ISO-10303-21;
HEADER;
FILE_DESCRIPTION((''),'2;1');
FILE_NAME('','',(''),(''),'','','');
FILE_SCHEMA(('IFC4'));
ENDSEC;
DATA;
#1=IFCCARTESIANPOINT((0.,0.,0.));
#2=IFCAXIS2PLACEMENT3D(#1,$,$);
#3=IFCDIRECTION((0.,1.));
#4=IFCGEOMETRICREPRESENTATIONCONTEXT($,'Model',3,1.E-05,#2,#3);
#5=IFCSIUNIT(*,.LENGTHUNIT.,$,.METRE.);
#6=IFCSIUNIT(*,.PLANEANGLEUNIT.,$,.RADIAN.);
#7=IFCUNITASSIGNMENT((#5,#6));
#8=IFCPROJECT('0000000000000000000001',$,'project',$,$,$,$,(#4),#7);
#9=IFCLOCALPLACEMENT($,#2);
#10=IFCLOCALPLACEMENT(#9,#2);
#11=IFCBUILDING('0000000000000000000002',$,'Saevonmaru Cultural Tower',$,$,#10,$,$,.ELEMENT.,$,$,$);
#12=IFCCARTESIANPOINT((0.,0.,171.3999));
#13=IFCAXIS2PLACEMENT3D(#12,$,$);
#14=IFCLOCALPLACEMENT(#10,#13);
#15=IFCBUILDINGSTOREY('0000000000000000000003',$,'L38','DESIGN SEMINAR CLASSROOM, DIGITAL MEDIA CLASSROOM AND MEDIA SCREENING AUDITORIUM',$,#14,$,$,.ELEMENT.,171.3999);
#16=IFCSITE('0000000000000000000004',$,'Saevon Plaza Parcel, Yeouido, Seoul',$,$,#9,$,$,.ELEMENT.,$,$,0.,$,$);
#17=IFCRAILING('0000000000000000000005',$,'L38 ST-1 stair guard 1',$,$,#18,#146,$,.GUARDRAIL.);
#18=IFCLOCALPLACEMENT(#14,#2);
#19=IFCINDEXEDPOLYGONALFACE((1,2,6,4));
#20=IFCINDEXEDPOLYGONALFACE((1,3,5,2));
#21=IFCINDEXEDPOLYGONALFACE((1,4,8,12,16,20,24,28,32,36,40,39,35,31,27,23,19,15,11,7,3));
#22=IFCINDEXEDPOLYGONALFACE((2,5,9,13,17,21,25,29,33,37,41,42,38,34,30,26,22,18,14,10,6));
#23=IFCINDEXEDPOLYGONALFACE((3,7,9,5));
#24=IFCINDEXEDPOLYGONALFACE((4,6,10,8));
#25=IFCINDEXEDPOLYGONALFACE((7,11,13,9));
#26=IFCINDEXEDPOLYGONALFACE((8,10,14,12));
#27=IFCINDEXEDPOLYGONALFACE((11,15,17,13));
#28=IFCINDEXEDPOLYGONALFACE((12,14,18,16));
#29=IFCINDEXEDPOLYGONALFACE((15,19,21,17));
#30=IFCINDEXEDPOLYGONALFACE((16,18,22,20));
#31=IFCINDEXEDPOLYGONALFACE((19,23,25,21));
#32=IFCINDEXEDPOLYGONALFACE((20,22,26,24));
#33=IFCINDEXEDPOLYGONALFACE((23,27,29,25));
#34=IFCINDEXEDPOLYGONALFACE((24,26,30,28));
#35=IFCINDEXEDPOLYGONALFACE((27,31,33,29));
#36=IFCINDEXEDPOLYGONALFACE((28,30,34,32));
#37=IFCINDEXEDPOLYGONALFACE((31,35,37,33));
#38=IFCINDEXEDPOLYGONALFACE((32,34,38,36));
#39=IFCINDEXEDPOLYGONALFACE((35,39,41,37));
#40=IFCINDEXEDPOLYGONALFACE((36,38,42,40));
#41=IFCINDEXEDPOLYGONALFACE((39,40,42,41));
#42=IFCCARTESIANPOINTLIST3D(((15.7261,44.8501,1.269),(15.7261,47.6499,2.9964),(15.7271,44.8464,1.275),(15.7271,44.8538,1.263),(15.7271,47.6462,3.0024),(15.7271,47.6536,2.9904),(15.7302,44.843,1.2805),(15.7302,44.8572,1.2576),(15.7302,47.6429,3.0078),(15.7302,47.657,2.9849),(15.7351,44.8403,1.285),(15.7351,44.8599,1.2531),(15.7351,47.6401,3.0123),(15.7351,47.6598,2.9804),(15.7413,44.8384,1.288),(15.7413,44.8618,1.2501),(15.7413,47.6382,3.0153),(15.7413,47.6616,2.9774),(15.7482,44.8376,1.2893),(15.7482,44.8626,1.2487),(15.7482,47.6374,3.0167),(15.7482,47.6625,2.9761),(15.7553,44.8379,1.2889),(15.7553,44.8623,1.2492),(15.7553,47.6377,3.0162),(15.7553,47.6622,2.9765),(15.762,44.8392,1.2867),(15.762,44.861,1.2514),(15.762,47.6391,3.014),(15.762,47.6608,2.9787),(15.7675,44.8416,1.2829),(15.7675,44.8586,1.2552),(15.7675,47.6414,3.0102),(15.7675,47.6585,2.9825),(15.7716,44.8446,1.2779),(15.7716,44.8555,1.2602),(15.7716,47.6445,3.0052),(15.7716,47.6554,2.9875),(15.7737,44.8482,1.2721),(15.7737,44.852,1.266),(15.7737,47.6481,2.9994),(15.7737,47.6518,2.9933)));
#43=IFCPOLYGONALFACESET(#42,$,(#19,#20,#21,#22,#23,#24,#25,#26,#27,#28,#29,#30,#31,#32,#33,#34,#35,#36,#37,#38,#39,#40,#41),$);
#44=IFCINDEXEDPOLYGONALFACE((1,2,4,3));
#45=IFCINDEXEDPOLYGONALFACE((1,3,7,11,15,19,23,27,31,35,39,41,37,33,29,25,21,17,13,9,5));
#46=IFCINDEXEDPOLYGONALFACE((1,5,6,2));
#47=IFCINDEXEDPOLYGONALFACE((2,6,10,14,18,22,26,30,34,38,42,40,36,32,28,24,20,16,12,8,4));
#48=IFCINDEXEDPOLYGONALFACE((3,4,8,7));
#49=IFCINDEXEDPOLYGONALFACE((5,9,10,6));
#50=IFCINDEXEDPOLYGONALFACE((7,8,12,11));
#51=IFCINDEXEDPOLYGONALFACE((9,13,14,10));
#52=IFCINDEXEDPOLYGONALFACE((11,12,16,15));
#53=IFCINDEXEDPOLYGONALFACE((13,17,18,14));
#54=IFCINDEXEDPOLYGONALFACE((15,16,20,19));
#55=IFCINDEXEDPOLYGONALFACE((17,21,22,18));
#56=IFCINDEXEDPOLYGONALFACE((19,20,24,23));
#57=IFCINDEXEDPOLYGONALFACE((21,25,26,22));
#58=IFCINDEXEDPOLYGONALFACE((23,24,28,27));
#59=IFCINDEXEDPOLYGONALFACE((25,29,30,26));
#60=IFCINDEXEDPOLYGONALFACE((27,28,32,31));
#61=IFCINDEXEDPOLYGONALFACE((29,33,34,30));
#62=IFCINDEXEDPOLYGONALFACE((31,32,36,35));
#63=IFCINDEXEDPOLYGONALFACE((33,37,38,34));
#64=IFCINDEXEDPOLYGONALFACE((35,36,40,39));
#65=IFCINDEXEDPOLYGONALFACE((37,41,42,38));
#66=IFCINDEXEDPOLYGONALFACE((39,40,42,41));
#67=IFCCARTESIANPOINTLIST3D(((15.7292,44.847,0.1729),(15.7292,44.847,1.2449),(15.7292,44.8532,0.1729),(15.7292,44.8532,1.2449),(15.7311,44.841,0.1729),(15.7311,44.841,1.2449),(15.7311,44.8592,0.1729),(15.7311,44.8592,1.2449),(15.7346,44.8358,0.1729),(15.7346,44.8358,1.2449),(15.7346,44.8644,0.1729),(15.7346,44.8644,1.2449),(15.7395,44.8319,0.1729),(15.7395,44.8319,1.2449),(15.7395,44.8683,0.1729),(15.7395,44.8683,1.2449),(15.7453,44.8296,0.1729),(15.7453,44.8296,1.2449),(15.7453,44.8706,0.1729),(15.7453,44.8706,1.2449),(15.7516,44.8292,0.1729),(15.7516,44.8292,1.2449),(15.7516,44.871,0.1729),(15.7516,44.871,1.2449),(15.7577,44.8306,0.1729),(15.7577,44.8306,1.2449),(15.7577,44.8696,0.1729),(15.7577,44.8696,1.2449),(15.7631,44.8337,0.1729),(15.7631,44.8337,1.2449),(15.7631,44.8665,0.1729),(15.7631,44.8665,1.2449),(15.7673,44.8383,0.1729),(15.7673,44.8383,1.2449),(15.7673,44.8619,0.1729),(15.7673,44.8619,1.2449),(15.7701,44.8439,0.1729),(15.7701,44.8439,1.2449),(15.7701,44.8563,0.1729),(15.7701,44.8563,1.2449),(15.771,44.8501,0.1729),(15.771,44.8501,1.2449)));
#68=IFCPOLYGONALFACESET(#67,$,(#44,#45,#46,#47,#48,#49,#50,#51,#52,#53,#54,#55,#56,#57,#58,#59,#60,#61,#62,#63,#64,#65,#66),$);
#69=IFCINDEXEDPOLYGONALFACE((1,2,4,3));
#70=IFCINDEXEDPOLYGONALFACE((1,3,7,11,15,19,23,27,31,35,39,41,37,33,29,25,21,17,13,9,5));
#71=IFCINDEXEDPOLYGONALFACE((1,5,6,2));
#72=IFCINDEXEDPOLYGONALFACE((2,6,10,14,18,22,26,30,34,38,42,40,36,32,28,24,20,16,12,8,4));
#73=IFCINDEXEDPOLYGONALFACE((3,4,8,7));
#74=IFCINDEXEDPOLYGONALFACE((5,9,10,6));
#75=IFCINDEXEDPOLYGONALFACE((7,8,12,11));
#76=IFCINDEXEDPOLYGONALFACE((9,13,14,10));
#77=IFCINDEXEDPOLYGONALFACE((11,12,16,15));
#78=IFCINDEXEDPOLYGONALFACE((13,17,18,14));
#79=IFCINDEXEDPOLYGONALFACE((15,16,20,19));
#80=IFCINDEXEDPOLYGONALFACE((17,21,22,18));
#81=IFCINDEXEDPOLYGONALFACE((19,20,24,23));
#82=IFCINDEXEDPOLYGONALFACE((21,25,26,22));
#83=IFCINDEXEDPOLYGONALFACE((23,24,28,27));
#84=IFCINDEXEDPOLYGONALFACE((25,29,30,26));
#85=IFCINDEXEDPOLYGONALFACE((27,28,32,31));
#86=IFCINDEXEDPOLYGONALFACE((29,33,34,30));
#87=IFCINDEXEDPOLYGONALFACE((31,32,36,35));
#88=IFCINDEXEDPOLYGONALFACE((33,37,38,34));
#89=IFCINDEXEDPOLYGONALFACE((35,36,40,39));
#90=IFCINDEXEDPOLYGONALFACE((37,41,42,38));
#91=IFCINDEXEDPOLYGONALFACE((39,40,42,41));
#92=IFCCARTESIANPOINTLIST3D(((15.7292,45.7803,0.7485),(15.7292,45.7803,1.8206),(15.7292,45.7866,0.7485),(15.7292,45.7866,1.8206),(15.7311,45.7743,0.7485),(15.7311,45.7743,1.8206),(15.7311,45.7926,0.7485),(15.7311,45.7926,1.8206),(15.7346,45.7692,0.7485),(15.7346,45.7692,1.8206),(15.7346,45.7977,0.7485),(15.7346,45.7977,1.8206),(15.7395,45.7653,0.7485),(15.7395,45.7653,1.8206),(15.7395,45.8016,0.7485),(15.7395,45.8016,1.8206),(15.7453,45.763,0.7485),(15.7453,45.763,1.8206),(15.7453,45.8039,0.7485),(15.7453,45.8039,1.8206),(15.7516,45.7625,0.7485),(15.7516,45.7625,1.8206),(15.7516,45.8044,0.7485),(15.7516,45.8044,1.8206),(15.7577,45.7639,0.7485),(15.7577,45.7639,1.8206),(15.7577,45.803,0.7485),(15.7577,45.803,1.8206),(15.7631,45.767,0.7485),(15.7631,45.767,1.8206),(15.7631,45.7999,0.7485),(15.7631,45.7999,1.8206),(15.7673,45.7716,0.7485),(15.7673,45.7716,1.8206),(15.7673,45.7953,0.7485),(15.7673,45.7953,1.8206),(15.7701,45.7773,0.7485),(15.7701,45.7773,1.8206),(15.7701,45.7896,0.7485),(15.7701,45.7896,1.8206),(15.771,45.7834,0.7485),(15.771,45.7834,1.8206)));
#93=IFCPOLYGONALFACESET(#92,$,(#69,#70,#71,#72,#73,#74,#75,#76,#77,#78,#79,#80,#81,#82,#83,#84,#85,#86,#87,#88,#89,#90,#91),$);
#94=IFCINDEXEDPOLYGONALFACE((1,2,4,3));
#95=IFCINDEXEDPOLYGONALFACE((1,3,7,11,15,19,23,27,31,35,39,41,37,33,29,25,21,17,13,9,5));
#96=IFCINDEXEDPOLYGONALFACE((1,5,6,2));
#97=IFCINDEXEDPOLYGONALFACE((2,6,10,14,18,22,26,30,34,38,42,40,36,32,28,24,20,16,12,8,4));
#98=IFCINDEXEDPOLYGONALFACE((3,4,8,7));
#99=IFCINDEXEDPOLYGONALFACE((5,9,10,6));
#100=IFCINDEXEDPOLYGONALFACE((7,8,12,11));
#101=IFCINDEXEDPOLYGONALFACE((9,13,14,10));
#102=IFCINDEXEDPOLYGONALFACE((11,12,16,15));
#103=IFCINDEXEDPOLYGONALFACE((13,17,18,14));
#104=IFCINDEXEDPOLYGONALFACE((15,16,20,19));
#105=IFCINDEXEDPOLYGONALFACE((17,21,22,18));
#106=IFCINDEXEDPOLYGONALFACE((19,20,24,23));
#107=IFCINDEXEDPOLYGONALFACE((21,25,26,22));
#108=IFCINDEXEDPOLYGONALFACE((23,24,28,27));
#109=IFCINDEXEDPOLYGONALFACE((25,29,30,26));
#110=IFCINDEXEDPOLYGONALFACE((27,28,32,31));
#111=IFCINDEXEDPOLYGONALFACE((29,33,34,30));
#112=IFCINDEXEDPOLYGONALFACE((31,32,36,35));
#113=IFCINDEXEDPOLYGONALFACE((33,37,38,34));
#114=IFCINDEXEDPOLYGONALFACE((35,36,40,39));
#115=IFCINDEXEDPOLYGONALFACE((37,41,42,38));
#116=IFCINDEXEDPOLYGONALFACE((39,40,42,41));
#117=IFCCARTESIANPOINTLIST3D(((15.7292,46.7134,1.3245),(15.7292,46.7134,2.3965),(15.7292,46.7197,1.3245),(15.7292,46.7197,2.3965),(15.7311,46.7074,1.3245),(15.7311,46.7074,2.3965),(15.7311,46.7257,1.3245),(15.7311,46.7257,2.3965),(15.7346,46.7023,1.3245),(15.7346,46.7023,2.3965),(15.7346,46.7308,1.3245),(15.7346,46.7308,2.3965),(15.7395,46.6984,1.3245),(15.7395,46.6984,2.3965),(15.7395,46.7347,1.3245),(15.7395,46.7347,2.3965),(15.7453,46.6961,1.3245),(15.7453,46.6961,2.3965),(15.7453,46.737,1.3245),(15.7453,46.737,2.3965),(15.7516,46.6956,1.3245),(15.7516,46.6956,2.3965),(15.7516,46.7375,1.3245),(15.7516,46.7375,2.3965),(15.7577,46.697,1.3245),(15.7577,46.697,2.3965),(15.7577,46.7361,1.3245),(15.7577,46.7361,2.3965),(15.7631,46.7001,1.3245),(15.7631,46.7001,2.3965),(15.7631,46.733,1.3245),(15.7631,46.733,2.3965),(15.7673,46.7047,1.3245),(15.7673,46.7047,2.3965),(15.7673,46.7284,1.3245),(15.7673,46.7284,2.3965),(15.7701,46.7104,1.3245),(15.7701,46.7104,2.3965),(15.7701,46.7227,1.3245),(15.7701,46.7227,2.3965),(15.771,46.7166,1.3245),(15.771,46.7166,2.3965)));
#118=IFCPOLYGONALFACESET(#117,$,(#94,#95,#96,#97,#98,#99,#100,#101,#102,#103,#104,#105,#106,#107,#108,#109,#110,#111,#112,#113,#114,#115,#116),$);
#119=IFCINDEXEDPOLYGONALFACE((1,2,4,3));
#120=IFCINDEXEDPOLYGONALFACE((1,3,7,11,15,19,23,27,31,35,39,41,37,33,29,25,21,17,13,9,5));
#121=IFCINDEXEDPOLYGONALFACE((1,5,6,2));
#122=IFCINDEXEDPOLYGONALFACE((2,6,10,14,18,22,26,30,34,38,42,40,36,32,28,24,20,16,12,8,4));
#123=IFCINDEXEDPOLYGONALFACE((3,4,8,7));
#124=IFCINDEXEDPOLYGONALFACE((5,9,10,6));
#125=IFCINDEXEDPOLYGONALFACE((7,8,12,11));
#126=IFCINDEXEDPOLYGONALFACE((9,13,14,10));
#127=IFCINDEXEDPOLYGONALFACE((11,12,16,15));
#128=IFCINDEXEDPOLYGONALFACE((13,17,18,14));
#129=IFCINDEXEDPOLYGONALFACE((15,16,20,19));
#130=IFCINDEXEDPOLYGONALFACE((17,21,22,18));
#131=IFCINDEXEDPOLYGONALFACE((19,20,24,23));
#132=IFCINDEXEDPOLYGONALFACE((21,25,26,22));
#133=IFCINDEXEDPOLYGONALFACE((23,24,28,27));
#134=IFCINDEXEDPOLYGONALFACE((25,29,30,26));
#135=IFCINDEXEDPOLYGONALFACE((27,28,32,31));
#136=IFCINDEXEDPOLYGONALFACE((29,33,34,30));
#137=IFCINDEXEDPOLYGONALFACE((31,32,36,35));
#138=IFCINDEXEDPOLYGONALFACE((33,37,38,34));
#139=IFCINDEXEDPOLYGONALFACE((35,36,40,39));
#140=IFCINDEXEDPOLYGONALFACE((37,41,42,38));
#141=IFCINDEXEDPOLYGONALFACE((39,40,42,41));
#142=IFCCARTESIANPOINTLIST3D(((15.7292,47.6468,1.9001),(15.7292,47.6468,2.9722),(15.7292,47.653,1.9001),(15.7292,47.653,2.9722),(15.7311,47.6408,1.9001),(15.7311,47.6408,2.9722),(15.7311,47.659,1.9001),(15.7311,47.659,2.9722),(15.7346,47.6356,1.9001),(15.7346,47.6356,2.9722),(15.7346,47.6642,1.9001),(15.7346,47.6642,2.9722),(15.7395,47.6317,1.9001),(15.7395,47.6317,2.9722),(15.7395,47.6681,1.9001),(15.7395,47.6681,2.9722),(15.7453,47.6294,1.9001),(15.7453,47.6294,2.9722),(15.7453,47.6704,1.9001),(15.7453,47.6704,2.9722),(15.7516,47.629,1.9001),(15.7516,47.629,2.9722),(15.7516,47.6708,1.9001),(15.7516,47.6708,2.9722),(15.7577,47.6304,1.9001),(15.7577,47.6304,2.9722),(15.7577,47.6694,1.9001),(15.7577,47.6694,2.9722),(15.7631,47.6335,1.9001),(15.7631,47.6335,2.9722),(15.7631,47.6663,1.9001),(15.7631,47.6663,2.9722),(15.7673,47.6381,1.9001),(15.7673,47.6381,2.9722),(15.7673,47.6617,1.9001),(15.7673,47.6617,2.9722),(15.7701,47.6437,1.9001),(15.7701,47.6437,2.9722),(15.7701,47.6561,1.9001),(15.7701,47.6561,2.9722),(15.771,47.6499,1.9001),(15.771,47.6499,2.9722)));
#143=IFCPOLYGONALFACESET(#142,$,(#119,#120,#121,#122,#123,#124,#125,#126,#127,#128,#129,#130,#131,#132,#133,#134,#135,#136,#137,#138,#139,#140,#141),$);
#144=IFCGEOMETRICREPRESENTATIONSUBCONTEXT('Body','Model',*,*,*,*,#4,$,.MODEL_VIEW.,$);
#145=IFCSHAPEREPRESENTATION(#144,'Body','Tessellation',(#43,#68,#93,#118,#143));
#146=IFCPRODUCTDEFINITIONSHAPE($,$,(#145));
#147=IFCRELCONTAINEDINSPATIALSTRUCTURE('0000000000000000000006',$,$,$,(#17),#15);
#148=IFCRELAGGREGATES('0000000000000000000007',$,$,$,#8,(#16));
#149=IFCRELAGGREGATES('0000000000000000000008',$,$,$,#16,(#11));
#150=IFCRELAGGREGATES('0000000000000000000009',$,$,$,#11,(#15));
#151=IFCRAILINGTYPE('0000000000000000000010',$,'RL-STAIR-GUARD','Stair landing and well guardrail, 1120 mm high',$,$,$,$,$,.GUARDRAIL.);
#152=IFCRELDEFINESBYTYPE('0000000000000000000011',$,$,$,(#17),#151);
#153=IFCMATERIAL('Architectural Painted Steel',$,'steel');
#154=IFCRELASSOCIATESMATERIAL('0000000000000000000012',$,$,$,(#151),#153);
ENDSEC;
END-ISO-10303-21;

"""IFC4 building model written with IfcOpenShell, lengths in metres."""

from ifc_helpers import new_model, si_unit, direction, frame, origin, origin_2d, place, context, subcontext, project, spatial, circle, extrude, material, type_object, element, save


model = new_model("IFC4")

# Units and contexts
model_context = context("Model", 3, precision=1e-05, world=origin(), true_north=direction((0.0, 1.0)))
body_context = subcontext(model_context, "Body", "Model", "MODEL_VIEW")
ifc_project = project(units=[si_unit("LENGTHUNIT", "METRE"), si_unit("PLANEANGLEUNIT", "RADIAN")], contexts=[model_context])

# Site, building, storey
site_placement = place(None, origin())
site = spatial("IfcSite", under=ifc_project, at=site_placement, Name="Saevon Plaza Parcel, Yeouido, Seoul", CompositionType="ELEMENT", RefElevation=0.0)
building_placement = place(site_placement, origin())
building = spatial("IfcBuilding", under=site, at=building_placement, Name="Saevonmaru Cultural Tower", CompositionType="ELEMENT")
storey_placement = place(building_placement, frame((0.0, 0.0, 171.3999)))
storey = spatial("IfcBuildingStorey", under=building, at=storey_placement, Name="L38", Description="DESIGN SEMINAR CLASSROOM, DIGITAL MEDIA CLASSROOM AND MEDIA SCREENING AUDITORIUM", CompositionType="ELEMENT", Elevation=171.3999)

# Railing
ifc_material_1 = material(Name="Architectural Painted Steel", Category="steel")
railing_type_1 = type_object("IfcRailingType", Name="RL-STAIR-GUARD", Description="Stair landing and well guardrail, 1120 mm high", PredefinedType="GUARDRAIL", material=ifc_material_1)
railing_1_placement = place(storey_placement, frame((15.75, 44.8501, 0.1729)))
element("IfcRailing", 1, at=railing_1_placement, inside=storey, type_object=railing_type_1, Name="L38 ST-1 stair guard 1", PredefinedType="GUARDRAIL", context=body_context, shape_type="SweptSolid", body=[
    extrude(circle(Radius=0.0239, at=origin_2d()), frame((0.0, 0.0, 1.0962), z_axis=(0.0, 0.851069, 0.525054), x_axis=(-1.0, 0.0, 0.0)), (0.0, 0.0, 1.0), 3.2898),
    extrude(circle(Radius=0.021, at=origin_2d()), origin(), (0.0, 0.0, 1.0), 1.072),
    extrude(circle(Radius=0.021, at=origin_2d()), frame((0.0, 0.9333, 0.5757)), (0.0, 0.0, 1.0), 1.072),
    extrude(circle(Radius=0.021, at=origin_2d()), frame((0.0, 1.8665, 1.1516)), (0.0, 0.0, 1.0), 1.072),
    extrude(circle(Radius=0.021, at=origin_2d()), frame((0.0, 2.7998, 1.7273)), (0.0, 0.0, 1.0), 1.072),
])

save(model, "model.ifc")
